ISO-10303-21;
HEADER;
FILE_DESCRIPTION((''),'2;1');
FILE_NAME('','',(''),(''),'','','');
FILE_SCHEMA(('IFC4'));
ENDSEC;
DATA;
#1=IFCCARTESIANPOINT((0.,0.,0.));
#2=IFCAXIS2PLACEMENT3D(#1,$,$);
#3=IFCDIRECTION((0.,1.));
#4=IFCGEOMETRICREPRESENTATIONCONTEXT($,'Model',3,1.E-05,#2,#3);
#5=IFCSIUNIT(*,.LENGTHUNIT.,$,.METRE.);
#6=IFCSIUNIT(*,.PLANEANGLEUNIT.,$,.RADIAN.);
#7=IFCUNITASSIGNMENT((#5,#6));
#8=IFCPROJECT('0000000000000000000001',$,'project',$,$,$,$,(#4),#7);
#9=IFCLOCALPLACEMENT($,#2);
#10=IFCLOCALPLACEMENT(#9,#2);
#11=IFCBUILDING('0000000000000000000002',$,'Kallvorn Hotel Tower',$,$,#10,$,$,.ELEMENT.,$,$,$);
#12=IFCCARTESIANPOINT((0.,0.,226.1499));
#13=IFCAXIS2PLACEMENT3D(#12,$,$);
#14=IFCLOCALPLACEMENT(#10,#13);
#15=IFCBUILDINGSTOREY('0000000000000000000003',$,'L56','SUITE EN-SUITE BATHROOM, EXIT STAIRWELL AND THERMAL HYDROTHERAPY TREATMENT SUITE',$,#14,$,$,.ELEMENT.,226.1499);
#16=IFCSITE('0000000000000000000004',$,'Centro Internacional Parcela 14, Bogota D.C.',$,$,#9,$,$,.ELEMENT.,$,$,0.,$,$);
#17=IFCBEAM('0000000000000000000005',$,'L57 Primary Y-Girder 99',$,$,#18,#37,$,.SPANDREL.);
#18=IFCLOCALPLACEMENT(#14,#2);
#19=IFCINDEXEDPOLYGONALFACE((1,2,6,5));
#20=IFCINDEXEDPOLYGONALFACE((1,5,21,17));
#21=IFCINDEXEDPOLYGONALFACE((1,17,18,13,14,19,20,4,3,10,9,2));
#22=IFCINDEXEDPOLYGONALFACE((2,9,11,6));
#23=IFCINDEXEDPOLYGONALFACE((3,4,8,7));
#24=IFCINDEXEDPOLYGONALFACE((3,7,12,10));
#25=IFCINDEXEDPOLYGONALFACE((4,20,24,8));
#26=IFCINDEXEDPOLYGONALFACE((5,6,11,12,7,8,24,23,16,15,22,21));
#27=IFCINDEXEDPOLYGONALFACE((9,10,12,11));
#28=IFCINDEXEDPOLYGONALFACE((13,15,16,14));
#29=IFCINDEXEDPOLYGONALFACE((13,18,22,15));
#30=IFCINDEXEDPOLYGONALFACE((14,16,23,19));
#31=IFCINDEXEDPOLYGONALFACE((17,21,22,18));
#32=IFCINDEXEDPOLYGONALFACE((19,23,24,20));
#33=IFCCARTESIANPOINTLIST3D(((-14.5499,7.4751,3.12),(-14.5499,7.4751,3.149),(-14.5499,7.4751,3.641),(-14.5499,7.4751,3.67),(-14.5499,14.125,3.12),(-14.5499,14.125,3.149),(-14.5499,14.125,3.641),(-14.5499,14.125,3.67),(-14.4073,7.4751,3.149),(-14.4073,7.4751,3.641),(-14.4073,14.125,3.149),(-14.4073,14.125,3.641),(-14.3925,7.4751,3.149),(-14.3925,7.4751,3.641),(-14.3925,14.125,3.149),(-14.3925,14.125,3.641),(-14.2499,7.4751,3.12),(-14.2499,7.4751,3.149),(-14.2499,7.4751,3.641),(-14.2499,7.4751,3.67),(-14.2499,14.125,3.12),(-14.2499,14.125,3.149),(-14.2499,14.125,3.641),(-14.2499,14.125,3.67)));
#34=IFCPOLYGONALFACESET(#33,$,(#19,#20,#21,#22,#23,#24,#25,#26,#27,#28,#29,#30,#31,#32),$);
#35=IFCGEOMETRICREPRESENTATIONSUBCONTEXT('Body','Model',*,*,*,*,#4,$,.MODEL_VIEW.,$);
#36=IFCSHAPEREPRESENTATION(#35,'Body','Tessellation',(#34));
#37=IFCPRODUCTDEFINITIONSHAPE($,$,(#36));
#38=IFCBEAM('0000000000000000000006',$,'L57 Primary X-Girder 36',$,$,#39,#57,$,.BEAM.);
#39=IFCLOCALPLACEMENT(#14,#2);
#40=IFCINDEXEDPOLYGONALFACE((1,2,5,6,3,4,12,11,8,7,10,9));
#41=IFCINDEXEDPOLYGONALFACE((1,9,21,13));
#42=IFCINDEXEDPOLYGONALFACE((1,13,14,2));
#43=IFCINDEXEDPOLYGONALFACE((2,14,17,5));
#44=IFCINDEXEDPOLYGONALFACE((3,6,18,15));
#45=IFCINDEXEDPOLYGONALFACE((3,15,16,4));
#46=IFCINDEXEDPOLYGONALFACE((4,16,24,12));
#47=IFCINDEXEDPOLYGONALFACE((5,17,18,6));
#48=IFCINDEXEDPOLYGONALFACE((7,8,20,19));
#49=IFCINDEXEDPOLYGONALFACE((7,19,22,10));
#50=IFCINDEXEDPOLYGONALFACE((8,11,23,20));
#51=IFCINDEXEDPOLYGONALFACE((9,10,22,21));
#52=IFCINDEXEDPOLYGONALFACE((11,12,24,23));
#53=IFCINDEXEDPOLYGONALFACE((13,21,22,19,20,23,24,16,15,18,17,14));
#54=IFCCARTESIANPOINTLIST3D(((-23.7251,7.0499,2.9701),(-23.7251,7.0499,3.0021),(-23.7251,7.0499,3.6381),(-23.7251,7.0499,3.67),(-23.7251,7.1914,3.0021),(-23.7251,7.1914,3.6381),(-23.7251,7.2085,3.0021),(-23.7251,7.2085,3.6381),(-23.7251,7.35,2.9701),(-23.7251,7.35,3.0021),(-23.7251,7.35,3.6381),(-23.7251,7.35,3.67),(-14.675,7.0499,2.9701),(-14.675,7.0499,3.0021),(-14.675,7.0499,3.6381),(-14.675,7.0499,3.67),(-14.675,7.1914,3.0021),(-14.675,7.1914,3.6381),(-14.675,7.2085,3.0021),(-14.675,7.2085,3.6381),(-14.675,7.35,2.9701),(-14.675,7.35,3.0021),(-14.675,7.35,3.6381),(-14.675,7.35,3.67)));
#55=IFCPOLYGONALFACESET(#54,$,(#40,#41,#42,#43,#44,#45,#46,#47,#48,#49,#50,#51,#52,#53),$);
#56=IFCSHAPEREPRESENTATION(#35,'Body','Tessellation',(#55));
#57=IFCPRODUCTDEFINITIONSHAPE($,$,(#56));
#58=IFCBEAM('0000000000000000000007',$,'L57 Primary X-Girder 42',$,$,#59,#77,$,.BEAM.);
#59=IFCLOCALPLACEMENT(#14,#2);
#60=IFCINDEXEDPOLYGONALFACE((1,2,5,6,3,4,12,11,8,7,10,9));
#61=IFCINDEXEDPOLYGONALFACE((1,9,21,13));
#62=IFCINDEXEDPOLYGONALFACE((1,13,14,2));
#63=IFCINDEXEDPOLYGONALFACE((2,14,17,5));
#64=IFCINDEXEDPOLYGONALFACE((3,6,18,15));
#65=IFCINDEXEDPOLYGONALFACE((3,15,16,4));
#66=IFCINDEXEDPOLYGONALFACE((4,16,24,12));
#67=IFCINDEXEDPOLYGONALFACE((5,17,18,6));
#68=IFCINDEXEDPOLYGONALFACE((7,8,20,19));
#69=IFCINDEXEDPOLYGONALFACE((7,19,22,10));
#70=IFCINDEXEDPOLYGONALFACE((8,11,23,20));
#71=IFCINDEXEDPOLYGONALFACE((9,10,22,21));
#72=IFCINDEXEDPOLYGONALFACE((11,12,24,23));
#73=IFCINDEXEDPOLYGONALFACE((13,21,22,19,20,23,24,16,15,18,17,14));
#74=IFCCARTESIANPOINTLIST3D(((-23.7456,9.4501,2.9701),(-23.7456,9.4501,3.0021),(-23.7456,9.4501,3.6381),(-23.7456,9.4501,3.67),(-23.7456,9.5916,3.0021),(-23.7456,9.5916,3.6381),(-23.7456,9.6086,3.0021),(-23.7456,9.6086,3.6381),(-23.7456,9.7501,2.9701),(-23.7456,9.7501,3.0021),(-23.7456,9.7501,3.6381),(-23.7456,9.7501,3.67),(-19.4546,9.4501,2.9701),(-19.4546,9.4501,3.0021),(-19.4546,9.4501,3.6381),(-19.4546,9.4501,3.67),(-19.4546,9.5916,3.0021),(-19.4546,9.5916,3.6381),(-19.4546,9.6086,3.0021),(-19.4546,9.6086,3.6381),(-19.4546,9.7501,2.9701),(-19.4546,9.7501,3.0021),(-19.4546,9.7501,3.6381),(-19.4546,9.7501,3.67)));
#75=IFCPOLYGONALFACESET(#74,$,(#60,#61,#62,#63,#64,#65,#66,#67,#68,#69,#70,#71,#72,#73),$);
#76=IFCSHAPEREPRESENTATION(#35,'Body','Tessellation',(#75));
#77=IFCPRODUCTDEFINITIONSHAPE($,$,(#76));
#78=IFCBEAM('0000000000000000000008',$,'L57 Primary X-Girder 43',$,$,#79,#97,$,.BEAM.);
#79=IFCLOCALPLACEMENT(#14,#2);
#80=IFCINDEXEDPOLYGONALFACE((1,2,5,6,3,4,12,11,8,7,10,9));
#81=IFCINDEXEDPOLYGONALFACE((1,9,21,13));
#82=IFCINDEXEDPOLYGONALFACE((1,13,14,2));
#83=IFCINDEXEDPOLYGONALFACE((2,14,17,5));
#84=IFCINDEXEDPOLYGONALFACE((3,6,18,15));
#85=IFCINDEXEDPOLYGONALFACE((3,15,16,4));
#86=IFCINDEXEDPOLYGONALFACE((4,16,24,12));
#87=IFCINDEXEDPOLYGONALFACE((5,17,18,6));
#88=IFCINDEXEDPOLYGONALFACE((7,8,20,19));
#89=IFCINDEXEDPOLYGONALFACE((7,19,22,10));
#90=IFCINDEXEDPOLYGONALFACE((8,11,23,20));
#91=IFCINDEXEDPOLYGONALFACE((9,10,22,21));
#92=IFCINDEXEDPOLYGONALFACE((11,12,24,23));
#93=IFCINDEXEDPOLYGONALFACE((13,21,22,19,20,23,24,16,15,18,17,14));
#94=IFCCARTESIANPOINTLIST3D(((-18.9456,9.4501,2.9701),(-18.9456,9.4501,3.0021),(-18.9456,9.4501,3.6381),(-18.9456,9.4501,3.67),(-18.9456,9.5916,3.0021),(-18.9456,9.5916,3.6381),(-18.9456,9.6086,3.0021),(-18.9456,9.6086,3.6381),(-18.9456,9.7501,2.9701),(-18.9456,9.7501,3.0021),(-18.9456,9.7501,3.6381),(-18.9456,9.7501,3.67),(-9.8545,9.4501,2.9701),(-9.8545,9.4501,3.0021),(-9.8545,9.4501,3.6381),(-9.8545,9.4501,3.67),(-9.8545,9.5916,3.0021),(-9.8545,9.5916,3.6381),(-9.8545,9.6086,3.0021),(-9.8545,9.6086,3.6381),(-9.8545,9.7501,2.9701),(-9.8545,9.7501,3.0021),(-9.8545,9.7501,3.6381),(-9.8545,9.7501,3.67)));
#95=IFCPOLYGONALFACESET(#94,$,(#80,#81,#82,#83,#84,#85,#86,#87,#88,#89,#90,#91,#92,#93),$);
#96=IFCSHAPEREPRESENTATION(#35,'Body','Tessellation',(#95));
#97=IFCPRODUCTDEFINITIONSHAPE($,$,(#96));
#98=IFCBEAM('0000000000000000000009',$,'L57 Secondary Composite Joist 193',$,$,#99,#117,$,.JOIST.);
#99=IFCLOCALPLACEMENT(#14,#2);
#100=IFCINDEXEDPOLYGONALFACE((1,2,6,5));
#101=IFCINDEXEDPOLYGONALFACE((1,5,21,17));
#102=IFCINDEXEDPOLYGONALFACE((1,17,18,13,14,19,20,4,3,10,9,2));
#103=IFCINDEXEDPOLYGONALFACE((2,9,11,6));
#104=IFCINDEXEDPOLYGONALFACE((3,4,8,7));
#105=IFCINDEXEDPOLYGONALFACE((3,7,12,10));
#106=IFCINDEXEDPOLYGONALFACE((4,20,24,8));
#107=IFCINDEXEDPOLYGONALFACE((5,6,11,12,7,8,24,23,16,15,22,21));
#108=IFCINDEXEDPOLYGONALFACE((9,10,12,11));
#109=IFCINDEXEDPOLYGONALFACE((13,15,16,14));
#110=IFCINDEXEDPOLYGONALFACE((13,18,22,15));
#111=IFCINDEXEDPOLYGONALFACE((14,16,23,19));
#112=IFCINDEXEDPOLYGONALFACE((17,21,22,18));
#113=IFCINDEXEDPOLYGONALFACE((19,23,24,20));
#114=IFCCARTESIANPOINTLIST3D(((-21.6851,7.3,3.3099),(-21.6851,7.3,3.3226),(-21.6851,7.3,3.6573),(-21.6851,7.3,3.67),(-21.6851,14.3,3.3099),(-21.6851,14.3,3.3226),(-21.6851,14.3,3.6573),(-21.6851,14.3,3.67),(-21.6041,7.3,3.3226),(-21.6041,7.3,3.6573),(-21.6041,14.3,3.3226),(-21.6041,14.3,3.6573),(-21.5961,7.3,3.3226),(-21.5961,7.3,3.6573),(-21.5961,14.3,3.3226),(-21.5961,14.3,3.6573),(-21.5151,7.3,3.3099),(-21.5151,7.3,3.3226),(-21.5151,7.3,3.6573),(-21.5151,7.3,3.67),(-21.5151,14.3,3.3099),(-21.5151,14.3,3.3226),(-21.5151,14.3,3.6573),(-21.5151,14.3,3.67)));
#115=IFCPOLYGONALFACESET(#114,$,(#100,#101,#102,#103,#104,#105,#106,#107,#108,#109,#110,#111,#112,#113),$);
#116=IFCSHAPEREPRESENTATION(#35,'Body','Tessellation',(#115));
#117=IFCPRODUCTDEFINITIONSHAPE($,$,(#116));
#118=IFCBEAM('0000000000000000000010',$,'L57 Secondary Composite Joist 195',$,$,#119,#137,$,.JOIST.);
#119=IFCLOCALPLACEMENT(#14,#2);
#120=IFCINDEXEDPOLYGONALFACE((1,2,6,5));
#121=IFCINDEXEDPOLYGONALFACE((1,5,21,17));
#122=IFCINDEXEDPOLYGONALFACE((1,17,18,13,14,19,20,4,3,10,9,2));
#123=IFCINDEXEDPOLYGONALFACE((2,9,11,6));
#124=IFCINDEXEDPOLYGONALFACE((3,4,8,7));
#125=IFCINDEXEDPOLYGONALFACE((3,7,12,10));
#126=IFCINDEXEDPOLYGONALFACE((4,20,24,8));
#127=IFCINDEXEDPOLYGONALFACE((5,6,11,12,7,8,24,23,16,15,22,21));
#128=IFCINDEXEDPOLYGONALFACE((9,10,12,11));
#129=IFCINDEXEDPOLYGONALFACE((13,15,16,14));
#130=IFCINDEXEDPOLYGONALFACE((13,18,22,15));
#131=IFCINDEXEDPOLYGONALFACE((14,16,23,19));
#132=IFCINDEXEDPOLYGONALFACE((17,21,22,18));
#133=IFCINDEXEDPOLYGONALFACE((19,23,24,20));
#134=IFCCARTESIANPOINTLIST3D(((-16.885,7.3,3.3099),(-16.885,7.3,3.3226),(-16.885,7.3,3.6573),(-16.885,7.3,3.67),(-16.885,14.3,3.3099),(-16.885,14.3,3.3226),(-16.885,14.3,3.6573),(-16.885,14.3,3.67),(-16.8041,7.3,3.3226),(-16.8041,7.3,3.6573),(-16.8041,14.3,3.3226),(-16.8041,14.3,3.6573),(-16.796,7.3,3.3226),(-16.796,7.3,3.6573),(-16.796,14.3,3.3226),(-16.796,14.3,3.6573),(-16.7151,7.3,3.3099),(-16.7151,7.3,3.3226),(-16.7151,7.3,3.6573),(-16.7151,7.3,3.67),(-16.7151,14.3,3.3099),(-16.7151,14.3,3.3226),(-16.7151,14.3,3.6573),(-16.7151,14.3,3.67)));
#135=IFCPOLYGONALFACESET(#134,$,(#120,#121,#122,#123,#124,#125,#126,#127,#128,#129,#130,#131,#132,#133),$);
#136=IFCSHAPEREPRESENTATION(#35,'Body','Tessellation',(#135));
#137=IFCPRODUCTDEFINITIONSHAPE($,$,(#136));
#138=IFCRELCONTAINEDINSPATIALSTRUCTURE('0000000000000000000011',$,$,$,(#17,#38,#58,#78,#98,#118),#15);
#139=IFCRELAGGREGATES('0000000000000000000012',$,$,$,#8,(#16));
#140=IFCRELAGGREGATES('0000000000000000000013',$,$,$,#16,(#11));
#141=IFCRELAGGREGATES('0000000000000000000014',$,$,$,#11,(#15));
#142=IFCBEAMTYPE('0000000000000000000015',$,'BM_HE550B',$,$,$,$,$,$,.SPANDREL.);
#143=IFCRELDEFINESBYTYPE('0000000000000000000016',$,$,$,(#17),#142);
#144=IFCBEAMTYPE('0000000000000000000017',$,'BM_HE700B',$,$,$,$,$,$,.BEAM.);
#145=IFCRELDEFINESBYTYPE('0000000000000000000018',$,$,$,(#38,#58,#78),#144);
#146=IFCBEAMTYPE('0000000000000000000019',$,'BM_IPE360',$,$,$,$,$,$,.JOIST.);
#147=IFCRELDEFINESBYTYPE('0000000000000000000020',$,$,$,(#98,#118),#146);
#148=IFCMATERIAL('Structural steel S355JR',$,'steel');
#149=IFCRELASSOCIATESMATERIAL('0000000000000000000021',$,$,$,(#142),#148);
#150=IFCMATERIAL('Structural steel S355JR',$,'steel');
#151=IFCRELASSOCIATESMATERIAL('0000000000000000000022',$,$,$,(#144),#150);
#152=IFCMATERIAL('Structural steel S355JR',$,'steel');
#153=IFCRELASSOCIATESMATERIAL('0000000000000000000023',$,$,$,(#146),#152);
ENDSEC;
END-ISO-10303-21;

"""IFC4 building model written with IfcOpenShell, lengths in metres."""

from ifc_helpers import new_model, si_unit, direction, frame, origin, origin_2d, place, context, subcontext, project, spatial, i_section, extrude, material, material_profile, profile_set, type_object, element, save


model = new_model("IFC4")

# Units and contexts
model_context = context("Model", 3, precision=1e-05, world=origin(), true_north=direction((0.0, 1.0)))
body_context = subcontext(model_context, "Body", "Model", "MODEL_VIEW")
ifc_project = project(units=[si_unit("LENGTHUNIT", "METRE"), si_unit("PLANEANGLEUNIT", "RADIAN")], contexts=[model_context])

# Site, building, storey
site_placement = place(None, origin())
site = spatial("IfcSite", under=ifc_project, at=site_placement, Name="Centro Internacional Parcela 14, Bogota D.C.", CompositionType="ELEMENT", RefElevation=0.0)
building_placement = place(site_placement, origin())
building = spatial("IfcBuilding", under=site, at=building_placement, Name="Kallvorn Hotel Tower", CompositionType="ELEMENT")
storey_placement = place(building_placement, frame((0.0, 0.0, 226.1499)))
storey = spatial("IfcBuildingStorey", under=building, at=storey_placement, Name="L56", Description="SUITE EN-SUITE BATHROOM, EXIT STAIRWELL AND THERMAL HYDROTHERAPY TREATMENT SUITE", CompositionType="ELEMENT", Elevation=226.1499)

# Beams
ifc_material_1 = material(Name="Structural steel S355JR", Category="steel")
ifc_material_profile_1 = material_profile(ifc_material_1, i_section(OverallWidth=0.3, OverallDepth=0.55, WebThickness=0.0149, FlangeThickness=0.0291, at=origin_2d()), Name="HE 550 B")
ifc_profile_set_1 = profile_set([ifc_material_profile_1], Name="Structural steel S355JR")
beam_type_1 = type_object("IfcBeamType", Name="BM_HE550B", PredefinedType="SPANDREL", material=ifc_profile_set_1)
beam_1_placement = place(storey_placement, frame((-14.3999, 7.4751, 3.395), z_axis=(0.0, 1.0, 0.0), x_axis=(-1.0, 0.0, 0.0)))
element("IfcBeam", 1, at=beam_1_placement, inside=storey, type_object=beam_type_1, Name="L57 Primary Y-Girder 99", PredefinedType="SPANDREL", context=body_context, shape_type="SweptSolid", body=[
    extrude(i_section(OverallWidth=0.3, OverallDepth=0.55, WebThickness=0.0149, FlangeThickness=0.0291, at=origin_2d()), origin(), (0.0, 0.0, 1.0), 6.6499),
])
ifc_material_2 = material(Name="Structural steel S355JR", Category="steel")
ifc_material_profile_2 = material_profile(ifc_material_2, i_section(OverallWidth=0.3, OverallDepth=0.7, WebThickness=0.0171, FlangeThickness=0.032, at=origin_2d()), Name="HE 700 B")
ifc_profile_set_2 = profile_set([ifc_material_profile_2], Name="Structural steel S355JR")
beam_type_2 = type_object("IfcBeamType", Name="BM_HE700B", PredefinedType="BEAM", material=ifc_profile_set_2)
beam_2_placement = place(storey_placement, frame((-23.7251, 7.2, 3.3201), z_axis=(1.0, 0.0, 0.0), x_axis=(0.0, 1.0, 0.0)))
element("IfcBeam", 2, at=beam_2_placement, inside=storey, type_object=beam_type_2, Name="L57 Primary X-Girder 36", PredefinedType="BEAM", context=body_context, shape_type="SweptSolid", body=[
    extrude(i_section(OverallWidth=0.3, OverallDepth=0.7, WebThickness=0.0171, FlangeThickness=0.032, at=origin_2d()), origin(), (0.0, 0.0, 1.0), 9.05),
])
beam_3_placement = place(storey_placement, frame((-23.7456, 9.6001, 3.3201), z_axis=(1.0, 0.0, 0.0), x_axis=(0.0, 1.0, 0.0)))
element("IfcBeam", 3, at=beam_3_placement, inside=storey, type_object=beam_type_2, Name="L57 Primary X-Girder 42", PredefinedType="BEAM", context=body_context, shape_type="SweptSolid", body=[
    extrude(i_section(OverallWidth=0.3, OverallDepth=0.7, WebThickness=0.0171, FlangeThickness=0.032, at=origin_2d()), origin(), (0.0, 0.0, 1.0), 4.291),
])
beam_4_placement = place(storey_placement, frame((-18.9456, 9.6001, 3.3201), z_axis=(1.0, 0.0, 0.0), x_axis=(0.0, 1.0, 0.0)))
element("IfcBeam", 4, at=beam_4_placement, inside=storey, type_object=beam_type_2, Name="L57 Primary X-Girder 43", PredefinedType="BEAM", context=body_context, shape_type="SweptSolid", body=[
    extrude(i_section(OverallWidth=0.3, OverallDepth=0.7, WebThickness=0.0171, FlangeThickness=0.032, at=origin_2d()), origin(), (0.0, 0.0, 1.0), 9.0911),
])
ifc_material_3 = material(Name="Structural steel S355JR", Category="steel")
ifc_material_profile_3 = material_profile(ifc_material_3, i_section(OverallWidth=0.1699, OverallDepth=0.3601, WebThickness=0.0081, FlangeThickness=0.0127, at=origin_2d()), Name="IPE 360")
ifc_profile_set_3 = profile_set([ifc_material_profile_3], Name="Structural steel S355JR")
beam_type_3 = type_object("IfcBeamType", Name="BM_IPE360", PredefinedType="JOIST", material=ifc_profile_set_3)
for number, where, z_axis, x_axis, name in (
    (5, (-21.6001, 7.3, 3.49), (0.0, 1.0, 0.0), (-1.0, 0.0, 0.0), "L57 Secondary Composite Joist 193"),
    (6, (-16.8, 7.3, 3.49), (0.0, 1.0, 0.0), (-1.0, 0.0, 0.0), "L57 Secondary Composite Joist 195"),
):
    element("IfcBeam", number, at=place(storey_placement, frame(where, z_axis=z_axis, x_axis=x_axis)), inside=storey, type_object=beam_type_3, Name=name, PredefinedType="JOIST", context=body_context, shape_type="SweptSolid", body=[
        extrude(i_section(OverallWidth=0.1699, OverallDepth=0.3601, WebThickness=0.0081, FlangeThickness=0.0127, at=origin_2d()), origin(), (0.0, 0.0, 1.0), 7.0),
    ])

save(model, "model.ifc")
